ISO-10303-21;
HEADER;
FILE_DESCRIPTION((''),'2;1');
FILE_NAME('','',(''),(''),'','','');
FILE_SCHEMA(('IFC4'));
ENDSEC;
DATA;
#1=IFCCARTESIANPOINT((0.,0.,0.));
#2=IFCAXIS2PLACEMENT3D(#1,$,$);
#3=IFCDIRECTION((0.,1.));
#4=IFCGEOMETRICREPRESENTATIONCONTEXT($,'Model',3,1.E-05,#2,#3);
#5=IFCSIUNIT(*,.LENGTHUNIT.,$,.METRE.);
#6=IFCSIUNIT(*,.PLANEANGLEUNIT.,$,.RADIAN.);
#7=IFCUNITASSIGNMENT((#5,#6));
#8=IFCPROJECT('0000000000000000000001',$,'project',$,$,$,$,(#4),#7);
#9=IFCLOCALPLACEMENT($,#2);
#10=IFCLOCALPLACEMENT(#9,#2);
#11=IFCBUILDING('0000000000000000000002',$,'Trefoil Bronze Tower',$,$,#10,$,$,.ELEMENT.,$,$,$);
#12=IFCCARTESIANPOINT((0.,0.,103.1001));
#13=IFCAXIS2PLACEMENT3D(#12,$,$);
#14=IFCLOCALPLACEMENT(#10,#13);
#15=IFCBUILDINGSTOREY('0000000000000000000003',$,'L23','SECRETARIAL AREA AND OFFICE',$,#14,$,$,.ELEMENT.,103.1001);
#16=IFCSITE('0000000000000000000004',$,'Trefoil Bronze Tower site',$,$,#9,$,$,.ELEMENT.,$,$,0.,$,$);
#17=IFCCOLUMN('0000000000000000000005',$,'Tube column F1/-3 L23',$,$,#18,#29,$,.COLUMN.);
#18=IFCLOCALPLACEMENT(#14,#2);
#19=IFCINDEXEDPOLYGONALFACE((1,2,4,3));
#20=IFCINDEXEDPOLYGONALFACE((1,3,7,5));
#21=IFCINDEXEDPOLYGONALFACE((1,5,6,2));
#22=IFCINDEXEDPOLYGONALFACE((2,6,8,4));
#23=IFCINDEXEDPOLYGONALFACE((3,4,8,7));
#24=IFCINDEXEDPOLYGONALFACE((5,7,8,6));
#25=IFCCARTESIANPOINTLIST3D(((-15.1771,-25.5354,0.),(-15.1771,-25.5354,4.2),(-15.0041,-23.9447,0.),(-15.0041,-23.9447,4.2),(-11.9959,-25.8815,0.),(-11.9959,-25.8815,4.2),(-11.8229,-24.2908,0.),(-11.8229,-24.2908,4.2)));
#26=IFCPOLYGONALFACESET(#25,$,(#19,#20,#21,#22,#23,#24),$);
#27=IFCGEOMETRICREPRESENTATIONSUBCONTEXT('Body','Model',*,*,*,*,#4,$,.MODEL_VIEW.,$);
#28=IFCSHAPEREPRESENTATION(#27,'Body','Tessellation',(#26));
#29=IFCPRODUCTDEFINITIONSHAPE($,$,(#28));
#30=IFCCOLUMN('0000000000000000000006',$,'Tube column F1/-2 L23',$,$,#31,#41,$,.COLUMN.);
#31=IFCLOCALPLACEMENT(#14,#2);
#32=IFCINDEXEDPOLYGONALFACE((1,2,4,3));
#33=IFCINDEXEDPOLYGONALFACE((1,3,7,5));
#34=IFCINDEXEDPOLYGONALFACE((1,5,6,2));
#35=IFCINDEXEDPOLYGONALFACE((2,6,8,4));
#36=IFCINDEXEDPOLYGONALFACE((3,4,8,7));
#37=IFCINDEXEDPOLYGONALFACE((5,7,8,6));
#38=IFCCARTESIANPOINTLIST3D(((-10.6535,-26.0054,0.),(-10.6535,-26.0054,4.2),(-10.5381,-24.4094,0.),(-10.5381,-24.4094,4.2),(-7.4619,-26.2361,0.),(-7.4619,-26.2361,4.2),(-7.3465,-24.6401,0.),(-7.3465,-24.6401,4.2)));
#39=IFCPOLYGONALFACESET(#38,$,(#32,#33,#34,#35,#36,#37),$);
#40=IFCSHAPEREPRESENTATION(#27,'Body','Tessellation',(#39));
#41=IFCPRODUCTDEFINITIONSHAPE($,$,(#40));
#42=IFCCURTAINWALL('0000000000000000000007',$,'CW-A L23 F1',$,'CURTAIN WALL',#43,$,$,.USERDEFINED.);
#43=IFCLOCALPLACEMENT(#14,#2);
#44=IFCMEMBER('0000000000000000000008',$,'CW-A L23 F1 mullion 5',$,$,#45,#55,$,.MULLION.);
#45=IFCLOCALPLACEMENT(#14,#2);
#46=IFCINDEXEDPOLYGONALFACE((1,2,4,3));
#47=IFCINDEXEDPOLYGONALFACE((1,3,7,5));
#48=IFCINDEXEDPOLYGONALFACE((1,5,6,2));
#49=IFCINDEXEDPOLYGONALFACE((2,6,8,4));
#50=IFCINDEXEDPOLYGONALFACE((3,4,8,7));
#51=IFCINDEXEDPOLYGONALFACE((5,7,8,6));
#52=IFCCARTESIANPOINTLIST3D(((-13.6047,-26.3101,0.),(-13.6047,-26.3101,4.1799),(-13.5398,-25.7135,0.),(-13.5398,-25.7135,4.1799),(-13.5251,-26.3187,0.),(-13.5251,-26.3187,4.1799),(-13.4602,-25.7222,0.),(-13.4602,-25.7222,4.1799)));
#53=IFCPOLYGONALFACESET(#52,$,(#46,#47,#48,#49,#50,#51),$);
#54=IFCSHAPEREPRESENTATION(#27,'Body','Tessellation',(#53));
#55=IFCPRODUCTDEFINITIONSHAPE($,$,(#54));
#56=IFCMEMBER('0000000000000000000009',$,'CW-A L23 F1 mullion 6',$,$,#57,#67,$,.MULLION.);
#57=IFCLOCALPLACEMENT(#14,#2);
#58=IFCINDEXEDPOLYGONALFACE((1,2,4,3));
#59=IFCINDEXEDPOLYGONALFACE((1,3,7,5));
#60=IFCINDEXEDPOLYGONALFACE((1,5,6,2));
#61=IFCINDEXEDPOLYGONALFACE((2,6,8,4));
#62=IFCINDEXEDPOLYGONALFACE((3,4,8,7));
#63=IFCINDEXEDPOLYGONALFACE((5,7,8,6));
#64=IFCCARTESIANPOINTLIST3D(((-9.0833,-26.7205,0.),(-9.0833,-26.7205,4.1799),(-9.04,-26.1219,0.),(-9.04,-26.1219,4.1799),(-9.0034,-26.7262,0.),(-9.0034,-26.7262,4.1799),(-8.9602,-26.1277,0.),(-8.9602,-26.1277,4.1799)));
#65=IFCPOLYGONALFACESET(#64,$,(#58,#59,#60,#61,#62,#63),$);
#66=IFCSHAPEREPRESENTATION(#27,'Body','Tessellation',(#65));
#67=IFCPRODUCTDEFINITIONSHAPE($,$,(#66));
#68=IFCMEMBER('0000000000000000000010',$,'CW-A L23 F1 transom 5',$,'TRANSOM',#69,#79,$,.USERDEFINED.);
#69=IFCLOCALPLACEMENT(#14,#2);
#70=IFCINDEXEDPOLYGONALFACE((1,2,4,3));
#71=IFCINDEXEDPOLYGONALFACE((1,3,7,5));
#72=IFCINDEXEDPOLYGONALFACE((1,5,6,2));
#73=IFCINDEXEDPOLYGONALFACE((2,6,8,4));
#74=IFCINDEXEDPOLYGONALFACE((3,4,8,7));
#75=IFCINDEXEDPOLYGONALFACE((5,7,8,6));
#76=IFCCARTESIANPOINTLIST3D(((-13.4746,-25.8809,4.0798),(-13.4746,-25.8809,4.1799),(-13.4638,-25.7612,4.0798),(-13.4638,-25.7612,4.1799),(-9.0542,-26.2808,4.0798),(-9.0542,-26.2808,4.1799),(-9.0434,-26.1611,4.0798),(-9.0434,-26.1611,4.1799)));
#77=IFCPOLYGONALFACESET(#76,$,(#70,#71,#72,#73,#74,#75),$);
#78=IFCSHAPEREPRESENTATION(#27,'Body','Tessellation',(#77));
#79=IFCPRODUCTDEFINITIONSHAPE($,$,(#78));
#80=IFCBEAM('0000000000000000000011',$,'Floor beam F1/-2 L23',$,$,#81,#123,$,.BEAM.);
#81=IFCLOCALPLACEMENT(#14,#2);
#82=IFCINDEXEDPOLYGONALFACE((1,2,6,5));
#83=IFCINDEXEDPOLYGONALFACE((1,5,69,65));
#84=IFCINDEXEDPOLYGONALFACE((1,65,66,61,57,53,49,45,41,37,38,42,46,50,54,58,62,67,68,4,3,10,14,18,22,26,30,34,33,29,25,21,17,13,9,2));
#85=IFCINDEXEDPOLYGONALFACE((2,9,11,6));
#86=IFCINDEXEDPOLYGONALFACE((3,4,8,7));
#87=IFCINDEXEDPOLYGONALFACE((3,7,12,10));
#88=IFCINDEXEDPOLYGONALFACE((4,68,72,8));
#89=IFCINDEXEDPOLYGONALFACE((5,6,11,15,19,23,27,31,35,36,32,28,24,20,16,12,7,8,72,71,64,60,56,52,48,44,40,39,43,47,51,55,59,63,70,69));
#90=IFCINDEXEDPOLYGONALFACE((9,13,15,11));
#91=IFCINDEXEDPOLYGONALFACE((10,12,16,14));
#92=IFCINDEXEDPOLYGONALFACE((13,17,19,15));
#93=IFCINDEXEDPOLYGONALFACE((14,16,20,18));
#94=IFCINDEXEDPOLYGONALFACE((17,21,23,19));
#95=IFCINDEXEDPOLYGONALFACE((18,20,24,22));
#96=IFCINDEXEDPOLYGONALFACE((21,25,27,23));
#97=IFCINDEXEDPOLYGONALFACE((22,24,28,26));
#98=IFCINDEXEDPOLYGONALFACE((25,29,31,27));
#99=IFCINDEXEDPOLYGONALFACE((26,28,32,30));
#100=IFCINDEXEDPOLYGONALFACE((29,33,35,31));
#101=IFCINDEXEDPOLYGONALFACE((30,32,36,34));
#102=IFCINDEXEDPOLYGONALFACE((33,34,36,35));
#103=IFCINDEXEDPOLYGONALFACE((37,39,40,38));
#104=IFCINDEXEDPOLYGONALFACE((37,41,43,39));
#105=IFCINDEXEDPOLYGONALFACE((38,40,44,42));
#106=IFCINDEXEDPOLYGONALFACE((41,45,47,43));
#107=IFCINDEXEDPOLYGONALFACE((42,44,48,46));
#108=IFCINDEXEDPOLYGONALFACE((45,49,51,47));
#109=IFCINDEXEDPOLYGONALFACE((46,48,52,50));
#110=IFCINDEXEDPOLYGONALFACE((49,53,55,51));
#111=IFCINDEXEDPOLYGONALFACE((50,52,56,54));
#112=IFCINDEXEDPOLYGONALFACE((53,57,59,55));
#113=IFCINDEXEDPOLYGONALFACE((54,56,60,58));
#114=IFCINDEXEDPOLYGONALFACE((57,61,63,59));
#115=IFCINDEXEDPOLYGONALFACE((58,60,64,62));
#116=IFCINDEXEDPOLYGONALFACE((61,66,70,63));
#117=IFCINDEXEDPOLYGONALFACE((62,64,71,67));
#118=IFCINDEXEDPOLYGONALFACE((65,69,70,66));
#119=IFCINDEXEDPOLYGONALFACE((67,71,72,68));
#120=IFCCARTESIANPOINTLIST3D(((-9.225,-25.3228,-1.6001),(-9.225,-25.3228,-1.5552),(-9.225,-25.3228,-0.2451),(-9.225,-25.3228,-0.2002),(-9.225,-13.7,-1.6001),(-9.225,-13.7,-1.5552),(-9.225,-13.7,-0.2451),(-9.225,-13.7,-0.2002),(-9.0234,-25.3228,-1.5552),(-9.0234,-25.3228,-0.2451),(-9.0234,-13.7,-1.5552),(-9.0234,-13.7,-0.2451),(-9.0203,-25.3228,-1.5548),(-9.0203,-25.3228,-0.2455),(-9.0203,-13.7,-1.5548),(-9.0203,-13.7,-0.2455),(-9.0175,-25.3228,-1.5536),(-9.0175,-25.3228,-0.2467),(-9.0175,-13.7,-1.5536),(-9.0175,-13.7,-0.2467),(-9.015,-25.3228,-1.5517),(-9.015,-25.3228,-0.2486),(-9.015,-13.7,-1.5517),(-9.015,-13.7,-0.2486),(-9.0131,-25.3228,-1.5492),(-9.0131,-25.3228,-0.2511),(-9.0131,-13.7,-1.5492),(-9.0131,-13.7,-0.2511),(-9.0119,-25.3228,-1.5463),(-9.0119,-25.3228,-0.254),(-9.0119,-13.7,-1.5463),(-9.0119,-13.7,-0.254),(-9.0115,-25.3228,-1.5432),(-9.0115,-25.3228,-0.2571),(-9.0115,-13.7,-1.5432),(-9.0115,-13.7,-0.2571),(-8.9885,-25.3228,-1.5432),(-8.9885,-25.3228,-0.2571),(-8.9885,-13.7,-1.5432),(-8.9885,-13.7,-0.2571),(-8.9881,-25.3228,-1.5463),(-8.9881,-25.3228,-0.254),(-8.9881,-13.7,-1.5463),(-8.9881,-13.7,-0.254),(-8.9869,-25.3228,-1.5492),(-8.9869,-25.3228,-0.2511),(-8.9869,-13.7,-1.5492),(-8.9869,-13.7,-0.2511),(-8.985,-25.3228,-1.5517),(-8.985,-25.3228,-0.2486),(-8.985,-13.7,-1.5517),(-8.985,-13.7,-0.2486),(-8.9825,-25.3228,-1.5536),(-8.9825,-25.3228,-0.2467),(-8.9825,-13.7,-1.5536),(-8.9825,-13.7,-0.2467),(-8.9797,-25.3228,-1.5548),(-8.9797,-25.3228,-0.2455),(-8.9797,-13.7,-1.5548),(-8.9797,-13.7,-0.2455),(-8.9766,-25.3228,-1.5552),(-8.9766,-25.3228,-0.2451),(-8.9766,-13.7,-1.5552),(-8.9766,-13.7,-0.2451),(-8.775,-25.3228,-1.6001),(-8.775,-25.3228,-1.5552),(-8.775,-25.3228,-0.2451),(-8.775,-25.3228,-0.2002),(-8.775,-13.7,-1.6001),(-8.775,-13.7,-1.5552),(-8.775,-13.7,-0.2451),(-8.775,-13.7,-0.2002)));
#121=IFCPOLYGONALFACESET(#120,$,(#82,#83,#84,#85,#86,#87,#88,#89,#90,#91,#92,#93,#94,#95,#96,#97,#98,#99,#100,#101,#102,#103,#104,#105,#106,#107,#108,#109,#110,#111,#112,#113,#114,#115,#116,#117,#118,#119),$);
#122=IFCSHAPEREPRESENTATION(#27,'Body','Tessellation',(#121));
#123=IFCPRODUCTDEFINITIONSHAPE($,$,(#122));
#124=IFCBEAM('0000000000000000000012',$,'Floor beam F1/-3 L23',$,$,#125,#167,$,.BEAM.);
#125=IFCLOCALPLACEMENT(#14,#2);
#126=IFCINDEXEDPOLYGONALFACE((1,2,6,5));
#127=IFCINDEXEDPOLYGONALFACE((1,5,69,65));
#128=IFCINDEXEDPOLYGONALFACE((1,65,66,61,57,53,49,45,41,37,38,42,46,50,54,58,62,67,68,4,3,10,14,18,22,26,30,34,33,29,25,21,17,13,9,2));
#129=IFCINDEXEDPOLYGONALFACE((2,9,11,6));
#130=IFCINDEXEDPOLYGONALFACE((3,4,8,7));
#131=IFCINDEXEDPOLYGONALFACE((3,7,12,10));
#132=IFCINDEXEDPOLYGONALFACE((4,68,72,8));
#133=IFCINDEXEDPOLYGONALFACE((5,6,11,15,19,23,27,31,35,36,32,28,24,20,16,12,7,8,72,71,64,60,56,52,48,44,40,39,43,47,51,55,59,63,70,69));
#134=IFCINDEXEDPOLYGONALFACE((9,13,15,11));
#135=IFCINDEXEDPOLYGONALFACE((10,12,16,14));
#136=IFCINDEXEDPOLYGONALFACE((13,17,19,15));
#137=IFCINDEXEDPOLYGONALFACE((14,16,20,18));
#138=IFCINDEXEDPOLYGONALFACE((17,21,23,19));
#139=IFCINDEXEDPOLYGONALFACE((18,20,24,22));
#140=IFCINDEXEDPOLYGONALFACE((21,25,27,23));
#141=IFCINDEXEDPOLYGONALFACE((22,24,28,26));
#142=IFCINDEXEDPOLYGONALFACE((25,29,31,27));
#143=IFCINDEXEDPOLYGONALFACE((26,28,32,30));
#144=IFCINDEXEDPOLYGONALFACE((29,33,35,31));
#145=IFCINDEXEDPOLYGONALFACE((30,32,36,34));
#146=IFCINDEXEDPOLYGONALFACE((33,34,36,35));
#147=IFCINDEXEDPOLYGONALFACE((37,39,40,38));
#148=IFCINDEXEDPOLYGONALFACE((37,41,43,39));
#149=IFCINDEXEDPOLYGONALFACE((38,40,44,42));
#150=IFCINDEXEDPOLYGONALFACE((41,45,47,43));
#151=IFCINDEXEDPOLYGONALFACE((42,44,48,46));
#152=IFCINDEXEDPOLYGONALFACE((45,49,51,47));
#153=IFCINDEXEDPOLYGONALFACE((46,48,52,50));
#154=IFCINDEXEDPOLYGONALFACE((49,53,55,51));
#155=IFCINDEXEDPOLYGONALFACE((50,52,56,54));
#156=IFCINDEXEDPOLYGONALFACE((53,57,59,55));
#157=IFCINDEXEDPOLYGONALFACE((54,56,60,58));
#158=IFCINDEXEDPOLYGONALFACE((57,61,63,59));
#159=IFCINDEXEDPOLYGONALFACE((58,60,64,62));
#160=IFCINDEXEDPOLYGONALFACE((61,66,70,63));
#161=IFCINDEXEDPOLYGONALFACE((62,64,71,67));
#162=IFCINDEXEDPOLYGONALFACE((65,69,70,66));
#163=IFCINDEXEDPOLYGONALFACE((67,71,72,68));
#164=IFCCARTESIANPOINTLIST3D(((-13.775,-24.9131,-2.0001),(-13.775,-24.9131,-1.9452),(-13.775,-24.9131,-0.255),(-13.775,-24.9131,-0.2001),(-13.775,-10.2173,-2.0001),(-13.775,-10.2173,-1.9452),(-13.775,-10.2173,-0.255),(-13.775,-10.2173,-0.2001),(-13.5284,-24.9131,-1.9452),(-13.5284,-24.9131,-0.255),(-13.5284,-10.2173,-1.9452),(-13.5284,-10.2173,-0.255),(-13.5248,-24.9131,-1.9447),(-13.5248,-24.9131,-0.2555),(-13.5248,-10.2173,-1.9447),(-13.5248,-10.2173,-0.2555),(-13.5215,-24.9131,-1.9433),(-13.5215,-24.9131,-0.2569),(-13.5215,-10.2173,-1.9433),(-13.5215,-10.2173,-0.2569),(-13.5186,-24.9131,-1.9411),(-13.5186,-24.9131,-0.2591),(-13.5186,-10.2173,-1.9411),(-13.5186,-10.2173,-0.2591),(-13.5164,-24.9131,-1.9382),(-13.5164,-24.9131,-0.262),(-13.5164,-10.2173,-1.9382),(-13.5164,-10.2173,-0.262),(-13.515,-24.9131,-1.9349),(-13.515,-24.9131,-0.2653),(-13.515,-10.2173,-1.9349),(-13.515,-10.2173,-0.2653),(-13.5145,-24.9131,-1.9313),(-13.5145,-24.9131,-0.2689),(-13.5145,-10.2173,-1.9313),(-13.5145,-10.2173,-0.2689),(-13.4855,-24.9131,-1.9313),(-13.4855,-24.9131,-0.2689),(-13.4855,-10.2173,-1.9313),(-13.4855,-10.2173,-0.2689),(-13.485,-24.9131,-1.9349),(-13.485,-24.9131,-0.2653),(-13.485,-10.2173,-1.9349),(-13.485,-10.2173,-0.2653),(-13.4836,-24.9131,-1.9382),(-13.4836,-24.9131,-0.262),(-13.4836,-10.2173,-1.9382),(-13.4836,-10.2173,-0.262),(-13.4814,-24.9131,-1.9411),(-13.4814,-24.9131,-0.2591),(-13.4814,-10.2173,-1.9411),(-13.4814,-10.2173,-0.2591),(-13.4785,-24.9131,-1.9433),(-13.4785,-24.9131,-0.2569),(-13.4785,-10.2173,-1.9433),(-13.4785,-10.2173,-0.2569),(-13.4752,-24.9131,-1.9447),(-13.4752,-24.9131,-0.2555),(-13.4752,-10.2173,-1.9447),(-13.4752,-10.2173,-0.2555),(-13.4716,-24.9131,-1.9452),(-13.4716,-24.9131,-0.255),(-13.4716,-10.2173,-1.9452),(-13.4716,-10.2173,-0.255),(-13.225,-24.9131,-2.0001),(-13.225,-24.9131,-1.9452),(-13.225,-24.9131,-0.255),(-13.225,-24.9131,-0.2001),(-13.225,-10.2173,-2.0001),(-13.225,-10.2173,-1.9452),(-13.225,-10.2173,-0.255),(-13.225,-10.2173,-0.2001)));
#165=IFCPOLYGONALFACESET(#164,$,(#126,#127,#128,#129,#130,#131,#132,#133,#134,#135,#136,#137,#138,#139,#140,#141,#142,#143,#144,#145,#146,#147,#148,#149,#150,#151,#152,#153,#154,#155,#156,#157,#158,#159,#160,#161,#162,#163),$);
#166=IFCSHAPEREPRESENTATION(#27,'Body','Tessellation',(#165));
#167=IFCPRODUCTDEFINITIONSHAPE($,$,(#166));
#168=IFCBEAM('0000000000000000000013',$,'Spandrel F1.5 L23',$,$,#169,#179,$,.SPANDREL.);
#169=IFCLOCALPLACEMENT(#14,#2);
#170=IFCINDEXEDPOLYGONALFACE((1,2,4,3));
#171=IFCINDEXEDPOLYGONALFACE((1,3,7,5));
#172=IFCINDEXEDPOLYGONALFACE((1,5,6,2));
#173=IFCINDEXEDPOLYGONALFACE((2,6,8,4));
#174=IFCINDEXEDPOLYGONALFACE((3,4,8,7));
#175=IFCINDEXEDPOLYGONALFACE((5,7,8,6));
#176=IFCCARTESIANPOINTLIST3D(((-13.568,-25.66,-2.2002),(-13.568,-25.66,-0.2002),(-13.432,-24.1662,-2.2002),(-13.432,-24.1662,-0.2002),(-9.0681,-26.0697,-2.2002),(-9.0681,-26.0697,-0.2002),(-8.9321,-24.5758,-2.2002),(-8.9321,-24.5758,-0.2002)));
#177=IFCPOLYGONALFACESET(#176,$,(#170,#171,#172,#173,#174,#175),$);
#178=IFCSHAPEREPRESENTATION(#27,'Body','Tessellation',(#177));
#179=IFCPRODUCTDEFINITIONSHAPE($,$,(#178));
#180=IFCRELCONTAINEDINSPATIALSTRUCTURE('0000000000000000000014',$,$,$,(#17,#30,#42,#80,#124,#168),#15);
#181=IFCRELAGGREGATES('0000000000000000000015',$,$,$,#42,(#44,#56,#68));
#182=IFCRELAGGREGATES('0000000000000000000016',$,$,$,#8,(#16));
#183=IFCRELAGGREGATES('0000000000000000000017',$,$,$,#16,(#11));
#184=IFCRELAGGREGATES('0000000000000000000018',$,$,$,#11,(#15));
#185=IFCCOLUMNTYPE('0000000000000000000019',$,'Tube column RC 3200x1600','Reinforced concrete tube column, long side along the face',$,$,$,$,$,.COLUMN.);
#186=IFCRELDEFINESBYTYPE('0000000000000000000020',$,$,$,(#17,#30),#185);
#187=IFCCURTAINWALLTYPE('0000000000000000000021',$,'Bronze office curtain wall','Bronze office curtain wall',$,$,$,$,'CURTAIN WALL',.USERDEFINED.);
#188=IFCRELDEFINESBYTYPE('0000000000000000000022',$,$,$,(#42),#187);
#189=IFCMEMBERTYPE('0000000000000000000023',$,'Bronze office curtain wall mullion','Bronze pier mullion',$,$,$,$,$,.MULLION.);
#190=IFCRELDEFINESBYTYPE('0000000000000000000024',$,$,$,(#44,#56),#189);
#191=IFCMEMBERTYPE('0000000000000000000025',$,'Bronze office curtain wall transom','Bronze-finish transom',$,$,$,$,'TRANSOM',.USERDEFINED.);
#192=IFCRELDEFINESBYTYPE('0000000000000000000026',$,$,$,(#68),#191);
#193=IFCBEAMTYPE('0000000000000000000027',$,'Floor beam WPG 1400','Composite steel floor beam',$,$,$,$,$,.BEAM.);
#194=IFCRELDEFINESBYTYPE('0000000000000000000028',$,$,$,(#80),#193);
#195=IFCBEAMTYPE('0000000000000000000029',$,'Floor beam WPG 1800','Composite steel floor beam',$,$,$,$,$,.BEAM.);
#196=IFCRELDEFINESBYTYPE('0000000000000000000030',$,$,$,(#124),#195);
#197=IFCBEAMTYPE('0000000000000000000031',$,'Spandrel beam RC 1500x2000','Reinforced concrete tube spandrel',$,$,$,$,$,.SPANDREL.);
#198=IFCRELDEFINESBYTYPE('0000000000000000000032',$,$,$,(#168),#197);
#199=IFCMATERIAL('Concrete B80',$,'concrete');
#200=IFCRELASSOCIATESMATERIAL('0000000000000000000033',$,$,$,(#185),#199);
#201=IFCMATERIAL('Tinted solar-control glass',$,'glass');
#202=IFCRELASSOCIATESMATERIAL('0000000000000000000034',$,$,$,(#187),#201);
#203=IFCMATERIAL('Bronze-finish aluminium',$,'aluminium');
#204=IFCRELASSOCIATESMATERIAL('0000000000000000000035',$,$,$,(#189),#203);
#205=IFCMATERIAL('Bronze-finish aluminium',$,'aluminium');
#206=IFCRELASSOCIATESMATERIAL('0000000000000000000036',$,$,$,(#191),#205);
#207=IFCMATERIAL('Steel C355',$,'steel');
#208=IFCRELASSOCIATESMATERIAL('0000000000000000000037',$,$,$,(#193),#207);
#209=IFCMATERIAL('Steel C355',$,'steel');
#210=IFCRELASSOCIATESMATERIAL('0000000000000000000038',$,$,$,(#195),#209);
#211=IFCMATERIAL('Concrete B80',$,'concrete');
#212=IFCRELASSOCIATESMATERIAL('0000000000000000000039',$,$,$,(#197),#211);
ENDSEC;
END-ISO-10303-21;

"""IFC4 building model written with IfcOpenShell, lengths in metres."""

from ifc_helpers import new_model, si_unit, direction, frame, origin, origin_2d, place, context, subcontext, project, spatial, rectangle, i_section, extrude, material, material_profile, profile_set, type_object, element, aggregate, save


model = new_model("IFC4")

# Units and contexts
model_context = context("Model", 3, precision=1e-05, world=origin(), true_north=direction((0.0, 1.0)))
body_context = subcontext(model_context, "Body", "Model", "MODEL_VIEW")
ifc_project = project(units=[si_unit("LENGTHUNIT", "METRE"), si_unit("PLANEANGLEUNIT", "RADIAN")], contexts=[model_context])

# Site, building, storey
site_placement = place(None, origin())
site = spatial("IfcSite", under=ifc_project, at=site_placement, Name="Trefoil Bronze Tower site", CompositionType="ELEMENT", RefElevation=0.0)
building_placement = place(site_placement, origin())
building = spatial("IfcBuilding", under=site, at=building_placement, Name="Trefoil Bronze Tower", CompositionType="ELEMENT")
storey_placement = place(building_placement, frame((0.0, 0.0, 103.1001)))
storey = spatial("IfcBuildingStorey", under=building, at=storey_placement, Name="L23", Description="SECRETARIAL AREA AND OFFICE", CompositionType="ELEMENT", Elevation=103.1001)

# Columns
ifc_material_1 = material(Name="Concrete B80", Category="concrete")
ifc_material_profile_1 = material_profile(ifc_material_1, rectangle(XDim=3.2, YDim=1.6001, at=origin_2d()), Name="RC 3200x1600")
ifc_profile_set_1 = profile_set([ifc_material_profile_1], Name="Concrete B80")
column_type = type_object("IfcColumnType", Name="Tube column RC 3200x1600", Description="Reinforced concrete tube column, long side along the face", PredefinedType="COLUMN", material=ifc_profile_set_1)
for number, where, z_axis, x_axis, name in (
    (1, (-13.5, -24.9131, 0.0), (0.0, 0.0, 1.0), (0.994135, -0.108144, 0.0), "Tube column F1/-3 L23"),
    (2, (-9.0, -25.3228, 0.0), (0.0, 0.0, 1.0), (0.997398, -0.072096, 0.0), "Tube column F1/-2 L23"),
):
    element("IfcColumn", number, at=place(storey_placement, frame(where, z_axis=z_axis, x_axis=x_axis)), inside=storey, type_object=column_type, Name=name, PredefinedType="COLUMN", context=body_context, shape_type="SweptSolid", body=[
        extrude(rectangle(XDim=3.2, YDim=1.6001, at=origin_2d()), origin(), (0.0, 0.0, 1.0), 4.2),
    ])

# Curtain wall, members
ifc_material_2 = material(Name="Tinted solar-control glass", Category="glass")
curtain_wall_type = type_object("IfcCurtainWallType", Name="Bronze office curtain wall", Description="Bronze office curtain wall", ElementType="CURTAIN WALL", PredefinedType="USERDEFINED", material=ifc_material_2)
curtain_wall_placement = place(storey_placement, origin())
curtain_wall = element("IfcCurtainWall", 3, at=curtain_wall_placement, inside=storey, type_object=curtain_wall_type, Name="CW-A L23 F1", ObjectType="CURTAIN WALL", PredefinedType="USERDEFINED")
ifc_material_3 = material(Name="Bronze-finish aluminium", Category="aluminium")
ifc_material_profile_2 = material_profile(ifc_material_3, rectangle(XDim=0.6001, YDim=0.0801, at=origin_2d()), Name="CW-A mullion")
ifc_profile_set_2 = profile_set([ifc_material_profile_2], Name="Bronze-finish aluminium")
member_type_1 = type_object("IfcMemberType", Name="Bronze office curtain wall mullion", Description="Bronze pier mullion", PredefinedType="MULLION", material=ifc_profile_set_2)
member_1_placement = place(storey_placement, frame((-13.5325, -26.0161, 0.0), z_axis=(0.0, 0.0, 1.0), x_axis=(0.108144, 0.994135, 0.0)))
member_1 = element("IfcMember", 4, at=member_1_placement, type_object=member_type_1, Name="CW-A L23 F1 mullion 5", PredefinedType="MULLION", context=body_context, shape_type="SweptSolid", body=[
    extrude(rectangle(XDim=0.6001, YDim=0.0801, at=origin_2d()), origin(), (0.0, 0.0, 1.0), 4.1799),
])
member_2_placement = place(storey_placement, frame((-9.0217, -26.4241, 0.0), z_axis=(0.0, 0.0, 1.0), x_axis=(0.072096, 0.997398, 0.0)))
member_2 = element("IfcMember", 5, at=member_2_placement, type_object=member_type_1, Name="CW-A L23 F1 mullion 6", PredefinedType="MULLION", context=body_context, shape_type="SweptSolid", body=[
    extrude(rectangle(XDim=0.6001, YDim=0.0801, at=origin_2d()), origin(), (0.0, 0.0, 1.0), 4.1799),
])
ifc_material_4 = material(Name="Bronze-finish aluminium", Category="aluminium")
ifc_material_profile_3 = material_profile(ifc_material_4, rectangle(XDim=0.1201, YDim=0.1001, at=origin_2d()), Name="CW-A transom")
ifc_profile_set_3 = profile_set([ifc_material_profile_3], Name="Bronze-finish aluminium")
member_type_2 = type_object("IfcMemberType", Name="Bronze office curtain wall transom", Description="Bronze-finish transom", ElementType="TRANSOM", PredefinedType="USERDEFINED", material=ifc_profile_set_3)
member_3_placement = place(storey_placement, frame((-13.4692, -25.821, 4.1299), z_axis=(0.995933, -0.090099, 0.0), x_axis=(0.090099, 0.995933, 0.0)))
member_3 = element("IfcMember", 6, at=member_3_placement, type_object=member_type_2, Name="CW-A L23 F1 transom 5", ObjectType="TRANSOM", PredefinedType="USERDEFINED", context=body_context, shape_type="SweptSolid", body=[
    extrude(rectangle(XDim=0.1201, YDim=0.1001, at=origin_2d()), origin(), (0.0, 0.0, 1.0), 4.4385),
])

# Beams
ifc_material_5 = material(Name="Steel C355", Category="steel")
ifc_material_profile_4 = material_profile(ifc_material_5, i_section(OverallWidth=0.45, OverallDepth=1.3999, WebThickness=0.0229, FlangeThickness=0.0449, FilletRadius=0.012, at=origin_2d()), Name="WPG 1400")
ifc_profile_set_4 = profile_set([ifc_material_profile_4], Name="Steel C355")
beam_type_1 = type_object("IfcBeamType", Name="Floor beam WPG 1400", Description="Composite steel floor beam", PredefinedType="BEAM", material=ifc_profile_set_4)
beam_1_placement = place(storey_placement, frame((-9.0, -25.3228, -0.9001), z_axis=(0.0, 1.0, 0.0), x_axis=(-1.0, 0.0, 0.0)))
element("IfcBeam", 7, at=beam_1_placement, inside=storey, type_object=beam_type_1, Name="Floor beam F1/-2 L23", PredefinedType="BEAM", context=body_context, shape_type="SweptSolid", body=[
    extrude(i_section(OverallWidth=0.45, OverallDepth=1.3999, WebThickness=0.0229, FlangeThickness=0.0449, FilletRadius=0.012, at=origin_2d()), origin(), (0.0, 0.0, 1.0), 11.6228),
])
ifc_material_6 = material(Name="Steel C355", Category="steel")
ifc_material_profile_5 = material_profile(ifc_material_6, i_section(OverallWidth=0.55, OverallDepth=1.8, WebThickness=0.0291, FlangeThickness=0.0549, FilletRadius=0.0139, at=origin_2d()), Name="WPG 1800")
ifc_profile_set_5 = profile_set([ifc_material_profile_5], Name="Steel C355")
beam_type_2 = type_object("IfcBeamType", Name="Floor beam WPG 1800", Description="Composite steel floor beam", PredefinedType="BEAM", material=ifc_profile_set_5)
beam_2_placement = place(storey_placement, frame((-13.5, -24.9131, -1.1001), z_axis=(0.0, 1.0, 0.0), x_axis=(-1.0, 0.0, 0.0)))
element("IfcBeam", 8, at=beam_2_placement, inside=storey, type_object=beam_type_2, Name="Floor beam F1/-3 L23", PredefinedType="BEAM", context=body_context, shape_type="SweptSolid", body=[
    extrude(i_section(OverallWidth=0.55, OverallDepth=1.8, WebThickness=0.0291, FlangeThickness=0.0549, FilletRadius=0.0139, at=origin_2d()), origin(), (0.0, 0.0, 1.0), 14.6958),
])
ifc_material_7 = material(Name="Concrete B80", Category="concrete")
ifc_material_profile_6 = material_profile(ifc_material_7, rectangle(XDim=1.5, YDim=2.0, at=origin_2d()), Name="RC 1500x2000")
ifc_profile_set_6 = profile_set([ifc_material_profile_6], Name="Concrete B80")
beam_type_3 = type_object("IfcBeamType", Name="Spandrel beam RC 1500x2000", Description="Reinforced concrete tube spandrel", PredefinedType="SPANDREL", material=ifc_profile_set_6)
beam_3_placement = place(storey_placement, frame((-13.5, -24.9131, -1.2002), z_axis=(0.995882, -0.090662, 0.0), x_axis=(0.090662, 0.995882, 0.0)))
element("IfcBeam", 9, at=beam_3_placement, inside=storey, type_object=beam_type_3, Name="Spandrel F1.5 L23", PredefinedType="SPANDREL", context=body_context, shape_type="SweptSolid", body=[
    extrude(rectangle(XDim=1.5, YDim=2.0, at=origin_2d()), origin(), (0.0, 0.0, 1.0), 4.5186),
])

aggregate(curtain_wall, [member_1, member_2, member_3])

save(model, "model.ifc")
